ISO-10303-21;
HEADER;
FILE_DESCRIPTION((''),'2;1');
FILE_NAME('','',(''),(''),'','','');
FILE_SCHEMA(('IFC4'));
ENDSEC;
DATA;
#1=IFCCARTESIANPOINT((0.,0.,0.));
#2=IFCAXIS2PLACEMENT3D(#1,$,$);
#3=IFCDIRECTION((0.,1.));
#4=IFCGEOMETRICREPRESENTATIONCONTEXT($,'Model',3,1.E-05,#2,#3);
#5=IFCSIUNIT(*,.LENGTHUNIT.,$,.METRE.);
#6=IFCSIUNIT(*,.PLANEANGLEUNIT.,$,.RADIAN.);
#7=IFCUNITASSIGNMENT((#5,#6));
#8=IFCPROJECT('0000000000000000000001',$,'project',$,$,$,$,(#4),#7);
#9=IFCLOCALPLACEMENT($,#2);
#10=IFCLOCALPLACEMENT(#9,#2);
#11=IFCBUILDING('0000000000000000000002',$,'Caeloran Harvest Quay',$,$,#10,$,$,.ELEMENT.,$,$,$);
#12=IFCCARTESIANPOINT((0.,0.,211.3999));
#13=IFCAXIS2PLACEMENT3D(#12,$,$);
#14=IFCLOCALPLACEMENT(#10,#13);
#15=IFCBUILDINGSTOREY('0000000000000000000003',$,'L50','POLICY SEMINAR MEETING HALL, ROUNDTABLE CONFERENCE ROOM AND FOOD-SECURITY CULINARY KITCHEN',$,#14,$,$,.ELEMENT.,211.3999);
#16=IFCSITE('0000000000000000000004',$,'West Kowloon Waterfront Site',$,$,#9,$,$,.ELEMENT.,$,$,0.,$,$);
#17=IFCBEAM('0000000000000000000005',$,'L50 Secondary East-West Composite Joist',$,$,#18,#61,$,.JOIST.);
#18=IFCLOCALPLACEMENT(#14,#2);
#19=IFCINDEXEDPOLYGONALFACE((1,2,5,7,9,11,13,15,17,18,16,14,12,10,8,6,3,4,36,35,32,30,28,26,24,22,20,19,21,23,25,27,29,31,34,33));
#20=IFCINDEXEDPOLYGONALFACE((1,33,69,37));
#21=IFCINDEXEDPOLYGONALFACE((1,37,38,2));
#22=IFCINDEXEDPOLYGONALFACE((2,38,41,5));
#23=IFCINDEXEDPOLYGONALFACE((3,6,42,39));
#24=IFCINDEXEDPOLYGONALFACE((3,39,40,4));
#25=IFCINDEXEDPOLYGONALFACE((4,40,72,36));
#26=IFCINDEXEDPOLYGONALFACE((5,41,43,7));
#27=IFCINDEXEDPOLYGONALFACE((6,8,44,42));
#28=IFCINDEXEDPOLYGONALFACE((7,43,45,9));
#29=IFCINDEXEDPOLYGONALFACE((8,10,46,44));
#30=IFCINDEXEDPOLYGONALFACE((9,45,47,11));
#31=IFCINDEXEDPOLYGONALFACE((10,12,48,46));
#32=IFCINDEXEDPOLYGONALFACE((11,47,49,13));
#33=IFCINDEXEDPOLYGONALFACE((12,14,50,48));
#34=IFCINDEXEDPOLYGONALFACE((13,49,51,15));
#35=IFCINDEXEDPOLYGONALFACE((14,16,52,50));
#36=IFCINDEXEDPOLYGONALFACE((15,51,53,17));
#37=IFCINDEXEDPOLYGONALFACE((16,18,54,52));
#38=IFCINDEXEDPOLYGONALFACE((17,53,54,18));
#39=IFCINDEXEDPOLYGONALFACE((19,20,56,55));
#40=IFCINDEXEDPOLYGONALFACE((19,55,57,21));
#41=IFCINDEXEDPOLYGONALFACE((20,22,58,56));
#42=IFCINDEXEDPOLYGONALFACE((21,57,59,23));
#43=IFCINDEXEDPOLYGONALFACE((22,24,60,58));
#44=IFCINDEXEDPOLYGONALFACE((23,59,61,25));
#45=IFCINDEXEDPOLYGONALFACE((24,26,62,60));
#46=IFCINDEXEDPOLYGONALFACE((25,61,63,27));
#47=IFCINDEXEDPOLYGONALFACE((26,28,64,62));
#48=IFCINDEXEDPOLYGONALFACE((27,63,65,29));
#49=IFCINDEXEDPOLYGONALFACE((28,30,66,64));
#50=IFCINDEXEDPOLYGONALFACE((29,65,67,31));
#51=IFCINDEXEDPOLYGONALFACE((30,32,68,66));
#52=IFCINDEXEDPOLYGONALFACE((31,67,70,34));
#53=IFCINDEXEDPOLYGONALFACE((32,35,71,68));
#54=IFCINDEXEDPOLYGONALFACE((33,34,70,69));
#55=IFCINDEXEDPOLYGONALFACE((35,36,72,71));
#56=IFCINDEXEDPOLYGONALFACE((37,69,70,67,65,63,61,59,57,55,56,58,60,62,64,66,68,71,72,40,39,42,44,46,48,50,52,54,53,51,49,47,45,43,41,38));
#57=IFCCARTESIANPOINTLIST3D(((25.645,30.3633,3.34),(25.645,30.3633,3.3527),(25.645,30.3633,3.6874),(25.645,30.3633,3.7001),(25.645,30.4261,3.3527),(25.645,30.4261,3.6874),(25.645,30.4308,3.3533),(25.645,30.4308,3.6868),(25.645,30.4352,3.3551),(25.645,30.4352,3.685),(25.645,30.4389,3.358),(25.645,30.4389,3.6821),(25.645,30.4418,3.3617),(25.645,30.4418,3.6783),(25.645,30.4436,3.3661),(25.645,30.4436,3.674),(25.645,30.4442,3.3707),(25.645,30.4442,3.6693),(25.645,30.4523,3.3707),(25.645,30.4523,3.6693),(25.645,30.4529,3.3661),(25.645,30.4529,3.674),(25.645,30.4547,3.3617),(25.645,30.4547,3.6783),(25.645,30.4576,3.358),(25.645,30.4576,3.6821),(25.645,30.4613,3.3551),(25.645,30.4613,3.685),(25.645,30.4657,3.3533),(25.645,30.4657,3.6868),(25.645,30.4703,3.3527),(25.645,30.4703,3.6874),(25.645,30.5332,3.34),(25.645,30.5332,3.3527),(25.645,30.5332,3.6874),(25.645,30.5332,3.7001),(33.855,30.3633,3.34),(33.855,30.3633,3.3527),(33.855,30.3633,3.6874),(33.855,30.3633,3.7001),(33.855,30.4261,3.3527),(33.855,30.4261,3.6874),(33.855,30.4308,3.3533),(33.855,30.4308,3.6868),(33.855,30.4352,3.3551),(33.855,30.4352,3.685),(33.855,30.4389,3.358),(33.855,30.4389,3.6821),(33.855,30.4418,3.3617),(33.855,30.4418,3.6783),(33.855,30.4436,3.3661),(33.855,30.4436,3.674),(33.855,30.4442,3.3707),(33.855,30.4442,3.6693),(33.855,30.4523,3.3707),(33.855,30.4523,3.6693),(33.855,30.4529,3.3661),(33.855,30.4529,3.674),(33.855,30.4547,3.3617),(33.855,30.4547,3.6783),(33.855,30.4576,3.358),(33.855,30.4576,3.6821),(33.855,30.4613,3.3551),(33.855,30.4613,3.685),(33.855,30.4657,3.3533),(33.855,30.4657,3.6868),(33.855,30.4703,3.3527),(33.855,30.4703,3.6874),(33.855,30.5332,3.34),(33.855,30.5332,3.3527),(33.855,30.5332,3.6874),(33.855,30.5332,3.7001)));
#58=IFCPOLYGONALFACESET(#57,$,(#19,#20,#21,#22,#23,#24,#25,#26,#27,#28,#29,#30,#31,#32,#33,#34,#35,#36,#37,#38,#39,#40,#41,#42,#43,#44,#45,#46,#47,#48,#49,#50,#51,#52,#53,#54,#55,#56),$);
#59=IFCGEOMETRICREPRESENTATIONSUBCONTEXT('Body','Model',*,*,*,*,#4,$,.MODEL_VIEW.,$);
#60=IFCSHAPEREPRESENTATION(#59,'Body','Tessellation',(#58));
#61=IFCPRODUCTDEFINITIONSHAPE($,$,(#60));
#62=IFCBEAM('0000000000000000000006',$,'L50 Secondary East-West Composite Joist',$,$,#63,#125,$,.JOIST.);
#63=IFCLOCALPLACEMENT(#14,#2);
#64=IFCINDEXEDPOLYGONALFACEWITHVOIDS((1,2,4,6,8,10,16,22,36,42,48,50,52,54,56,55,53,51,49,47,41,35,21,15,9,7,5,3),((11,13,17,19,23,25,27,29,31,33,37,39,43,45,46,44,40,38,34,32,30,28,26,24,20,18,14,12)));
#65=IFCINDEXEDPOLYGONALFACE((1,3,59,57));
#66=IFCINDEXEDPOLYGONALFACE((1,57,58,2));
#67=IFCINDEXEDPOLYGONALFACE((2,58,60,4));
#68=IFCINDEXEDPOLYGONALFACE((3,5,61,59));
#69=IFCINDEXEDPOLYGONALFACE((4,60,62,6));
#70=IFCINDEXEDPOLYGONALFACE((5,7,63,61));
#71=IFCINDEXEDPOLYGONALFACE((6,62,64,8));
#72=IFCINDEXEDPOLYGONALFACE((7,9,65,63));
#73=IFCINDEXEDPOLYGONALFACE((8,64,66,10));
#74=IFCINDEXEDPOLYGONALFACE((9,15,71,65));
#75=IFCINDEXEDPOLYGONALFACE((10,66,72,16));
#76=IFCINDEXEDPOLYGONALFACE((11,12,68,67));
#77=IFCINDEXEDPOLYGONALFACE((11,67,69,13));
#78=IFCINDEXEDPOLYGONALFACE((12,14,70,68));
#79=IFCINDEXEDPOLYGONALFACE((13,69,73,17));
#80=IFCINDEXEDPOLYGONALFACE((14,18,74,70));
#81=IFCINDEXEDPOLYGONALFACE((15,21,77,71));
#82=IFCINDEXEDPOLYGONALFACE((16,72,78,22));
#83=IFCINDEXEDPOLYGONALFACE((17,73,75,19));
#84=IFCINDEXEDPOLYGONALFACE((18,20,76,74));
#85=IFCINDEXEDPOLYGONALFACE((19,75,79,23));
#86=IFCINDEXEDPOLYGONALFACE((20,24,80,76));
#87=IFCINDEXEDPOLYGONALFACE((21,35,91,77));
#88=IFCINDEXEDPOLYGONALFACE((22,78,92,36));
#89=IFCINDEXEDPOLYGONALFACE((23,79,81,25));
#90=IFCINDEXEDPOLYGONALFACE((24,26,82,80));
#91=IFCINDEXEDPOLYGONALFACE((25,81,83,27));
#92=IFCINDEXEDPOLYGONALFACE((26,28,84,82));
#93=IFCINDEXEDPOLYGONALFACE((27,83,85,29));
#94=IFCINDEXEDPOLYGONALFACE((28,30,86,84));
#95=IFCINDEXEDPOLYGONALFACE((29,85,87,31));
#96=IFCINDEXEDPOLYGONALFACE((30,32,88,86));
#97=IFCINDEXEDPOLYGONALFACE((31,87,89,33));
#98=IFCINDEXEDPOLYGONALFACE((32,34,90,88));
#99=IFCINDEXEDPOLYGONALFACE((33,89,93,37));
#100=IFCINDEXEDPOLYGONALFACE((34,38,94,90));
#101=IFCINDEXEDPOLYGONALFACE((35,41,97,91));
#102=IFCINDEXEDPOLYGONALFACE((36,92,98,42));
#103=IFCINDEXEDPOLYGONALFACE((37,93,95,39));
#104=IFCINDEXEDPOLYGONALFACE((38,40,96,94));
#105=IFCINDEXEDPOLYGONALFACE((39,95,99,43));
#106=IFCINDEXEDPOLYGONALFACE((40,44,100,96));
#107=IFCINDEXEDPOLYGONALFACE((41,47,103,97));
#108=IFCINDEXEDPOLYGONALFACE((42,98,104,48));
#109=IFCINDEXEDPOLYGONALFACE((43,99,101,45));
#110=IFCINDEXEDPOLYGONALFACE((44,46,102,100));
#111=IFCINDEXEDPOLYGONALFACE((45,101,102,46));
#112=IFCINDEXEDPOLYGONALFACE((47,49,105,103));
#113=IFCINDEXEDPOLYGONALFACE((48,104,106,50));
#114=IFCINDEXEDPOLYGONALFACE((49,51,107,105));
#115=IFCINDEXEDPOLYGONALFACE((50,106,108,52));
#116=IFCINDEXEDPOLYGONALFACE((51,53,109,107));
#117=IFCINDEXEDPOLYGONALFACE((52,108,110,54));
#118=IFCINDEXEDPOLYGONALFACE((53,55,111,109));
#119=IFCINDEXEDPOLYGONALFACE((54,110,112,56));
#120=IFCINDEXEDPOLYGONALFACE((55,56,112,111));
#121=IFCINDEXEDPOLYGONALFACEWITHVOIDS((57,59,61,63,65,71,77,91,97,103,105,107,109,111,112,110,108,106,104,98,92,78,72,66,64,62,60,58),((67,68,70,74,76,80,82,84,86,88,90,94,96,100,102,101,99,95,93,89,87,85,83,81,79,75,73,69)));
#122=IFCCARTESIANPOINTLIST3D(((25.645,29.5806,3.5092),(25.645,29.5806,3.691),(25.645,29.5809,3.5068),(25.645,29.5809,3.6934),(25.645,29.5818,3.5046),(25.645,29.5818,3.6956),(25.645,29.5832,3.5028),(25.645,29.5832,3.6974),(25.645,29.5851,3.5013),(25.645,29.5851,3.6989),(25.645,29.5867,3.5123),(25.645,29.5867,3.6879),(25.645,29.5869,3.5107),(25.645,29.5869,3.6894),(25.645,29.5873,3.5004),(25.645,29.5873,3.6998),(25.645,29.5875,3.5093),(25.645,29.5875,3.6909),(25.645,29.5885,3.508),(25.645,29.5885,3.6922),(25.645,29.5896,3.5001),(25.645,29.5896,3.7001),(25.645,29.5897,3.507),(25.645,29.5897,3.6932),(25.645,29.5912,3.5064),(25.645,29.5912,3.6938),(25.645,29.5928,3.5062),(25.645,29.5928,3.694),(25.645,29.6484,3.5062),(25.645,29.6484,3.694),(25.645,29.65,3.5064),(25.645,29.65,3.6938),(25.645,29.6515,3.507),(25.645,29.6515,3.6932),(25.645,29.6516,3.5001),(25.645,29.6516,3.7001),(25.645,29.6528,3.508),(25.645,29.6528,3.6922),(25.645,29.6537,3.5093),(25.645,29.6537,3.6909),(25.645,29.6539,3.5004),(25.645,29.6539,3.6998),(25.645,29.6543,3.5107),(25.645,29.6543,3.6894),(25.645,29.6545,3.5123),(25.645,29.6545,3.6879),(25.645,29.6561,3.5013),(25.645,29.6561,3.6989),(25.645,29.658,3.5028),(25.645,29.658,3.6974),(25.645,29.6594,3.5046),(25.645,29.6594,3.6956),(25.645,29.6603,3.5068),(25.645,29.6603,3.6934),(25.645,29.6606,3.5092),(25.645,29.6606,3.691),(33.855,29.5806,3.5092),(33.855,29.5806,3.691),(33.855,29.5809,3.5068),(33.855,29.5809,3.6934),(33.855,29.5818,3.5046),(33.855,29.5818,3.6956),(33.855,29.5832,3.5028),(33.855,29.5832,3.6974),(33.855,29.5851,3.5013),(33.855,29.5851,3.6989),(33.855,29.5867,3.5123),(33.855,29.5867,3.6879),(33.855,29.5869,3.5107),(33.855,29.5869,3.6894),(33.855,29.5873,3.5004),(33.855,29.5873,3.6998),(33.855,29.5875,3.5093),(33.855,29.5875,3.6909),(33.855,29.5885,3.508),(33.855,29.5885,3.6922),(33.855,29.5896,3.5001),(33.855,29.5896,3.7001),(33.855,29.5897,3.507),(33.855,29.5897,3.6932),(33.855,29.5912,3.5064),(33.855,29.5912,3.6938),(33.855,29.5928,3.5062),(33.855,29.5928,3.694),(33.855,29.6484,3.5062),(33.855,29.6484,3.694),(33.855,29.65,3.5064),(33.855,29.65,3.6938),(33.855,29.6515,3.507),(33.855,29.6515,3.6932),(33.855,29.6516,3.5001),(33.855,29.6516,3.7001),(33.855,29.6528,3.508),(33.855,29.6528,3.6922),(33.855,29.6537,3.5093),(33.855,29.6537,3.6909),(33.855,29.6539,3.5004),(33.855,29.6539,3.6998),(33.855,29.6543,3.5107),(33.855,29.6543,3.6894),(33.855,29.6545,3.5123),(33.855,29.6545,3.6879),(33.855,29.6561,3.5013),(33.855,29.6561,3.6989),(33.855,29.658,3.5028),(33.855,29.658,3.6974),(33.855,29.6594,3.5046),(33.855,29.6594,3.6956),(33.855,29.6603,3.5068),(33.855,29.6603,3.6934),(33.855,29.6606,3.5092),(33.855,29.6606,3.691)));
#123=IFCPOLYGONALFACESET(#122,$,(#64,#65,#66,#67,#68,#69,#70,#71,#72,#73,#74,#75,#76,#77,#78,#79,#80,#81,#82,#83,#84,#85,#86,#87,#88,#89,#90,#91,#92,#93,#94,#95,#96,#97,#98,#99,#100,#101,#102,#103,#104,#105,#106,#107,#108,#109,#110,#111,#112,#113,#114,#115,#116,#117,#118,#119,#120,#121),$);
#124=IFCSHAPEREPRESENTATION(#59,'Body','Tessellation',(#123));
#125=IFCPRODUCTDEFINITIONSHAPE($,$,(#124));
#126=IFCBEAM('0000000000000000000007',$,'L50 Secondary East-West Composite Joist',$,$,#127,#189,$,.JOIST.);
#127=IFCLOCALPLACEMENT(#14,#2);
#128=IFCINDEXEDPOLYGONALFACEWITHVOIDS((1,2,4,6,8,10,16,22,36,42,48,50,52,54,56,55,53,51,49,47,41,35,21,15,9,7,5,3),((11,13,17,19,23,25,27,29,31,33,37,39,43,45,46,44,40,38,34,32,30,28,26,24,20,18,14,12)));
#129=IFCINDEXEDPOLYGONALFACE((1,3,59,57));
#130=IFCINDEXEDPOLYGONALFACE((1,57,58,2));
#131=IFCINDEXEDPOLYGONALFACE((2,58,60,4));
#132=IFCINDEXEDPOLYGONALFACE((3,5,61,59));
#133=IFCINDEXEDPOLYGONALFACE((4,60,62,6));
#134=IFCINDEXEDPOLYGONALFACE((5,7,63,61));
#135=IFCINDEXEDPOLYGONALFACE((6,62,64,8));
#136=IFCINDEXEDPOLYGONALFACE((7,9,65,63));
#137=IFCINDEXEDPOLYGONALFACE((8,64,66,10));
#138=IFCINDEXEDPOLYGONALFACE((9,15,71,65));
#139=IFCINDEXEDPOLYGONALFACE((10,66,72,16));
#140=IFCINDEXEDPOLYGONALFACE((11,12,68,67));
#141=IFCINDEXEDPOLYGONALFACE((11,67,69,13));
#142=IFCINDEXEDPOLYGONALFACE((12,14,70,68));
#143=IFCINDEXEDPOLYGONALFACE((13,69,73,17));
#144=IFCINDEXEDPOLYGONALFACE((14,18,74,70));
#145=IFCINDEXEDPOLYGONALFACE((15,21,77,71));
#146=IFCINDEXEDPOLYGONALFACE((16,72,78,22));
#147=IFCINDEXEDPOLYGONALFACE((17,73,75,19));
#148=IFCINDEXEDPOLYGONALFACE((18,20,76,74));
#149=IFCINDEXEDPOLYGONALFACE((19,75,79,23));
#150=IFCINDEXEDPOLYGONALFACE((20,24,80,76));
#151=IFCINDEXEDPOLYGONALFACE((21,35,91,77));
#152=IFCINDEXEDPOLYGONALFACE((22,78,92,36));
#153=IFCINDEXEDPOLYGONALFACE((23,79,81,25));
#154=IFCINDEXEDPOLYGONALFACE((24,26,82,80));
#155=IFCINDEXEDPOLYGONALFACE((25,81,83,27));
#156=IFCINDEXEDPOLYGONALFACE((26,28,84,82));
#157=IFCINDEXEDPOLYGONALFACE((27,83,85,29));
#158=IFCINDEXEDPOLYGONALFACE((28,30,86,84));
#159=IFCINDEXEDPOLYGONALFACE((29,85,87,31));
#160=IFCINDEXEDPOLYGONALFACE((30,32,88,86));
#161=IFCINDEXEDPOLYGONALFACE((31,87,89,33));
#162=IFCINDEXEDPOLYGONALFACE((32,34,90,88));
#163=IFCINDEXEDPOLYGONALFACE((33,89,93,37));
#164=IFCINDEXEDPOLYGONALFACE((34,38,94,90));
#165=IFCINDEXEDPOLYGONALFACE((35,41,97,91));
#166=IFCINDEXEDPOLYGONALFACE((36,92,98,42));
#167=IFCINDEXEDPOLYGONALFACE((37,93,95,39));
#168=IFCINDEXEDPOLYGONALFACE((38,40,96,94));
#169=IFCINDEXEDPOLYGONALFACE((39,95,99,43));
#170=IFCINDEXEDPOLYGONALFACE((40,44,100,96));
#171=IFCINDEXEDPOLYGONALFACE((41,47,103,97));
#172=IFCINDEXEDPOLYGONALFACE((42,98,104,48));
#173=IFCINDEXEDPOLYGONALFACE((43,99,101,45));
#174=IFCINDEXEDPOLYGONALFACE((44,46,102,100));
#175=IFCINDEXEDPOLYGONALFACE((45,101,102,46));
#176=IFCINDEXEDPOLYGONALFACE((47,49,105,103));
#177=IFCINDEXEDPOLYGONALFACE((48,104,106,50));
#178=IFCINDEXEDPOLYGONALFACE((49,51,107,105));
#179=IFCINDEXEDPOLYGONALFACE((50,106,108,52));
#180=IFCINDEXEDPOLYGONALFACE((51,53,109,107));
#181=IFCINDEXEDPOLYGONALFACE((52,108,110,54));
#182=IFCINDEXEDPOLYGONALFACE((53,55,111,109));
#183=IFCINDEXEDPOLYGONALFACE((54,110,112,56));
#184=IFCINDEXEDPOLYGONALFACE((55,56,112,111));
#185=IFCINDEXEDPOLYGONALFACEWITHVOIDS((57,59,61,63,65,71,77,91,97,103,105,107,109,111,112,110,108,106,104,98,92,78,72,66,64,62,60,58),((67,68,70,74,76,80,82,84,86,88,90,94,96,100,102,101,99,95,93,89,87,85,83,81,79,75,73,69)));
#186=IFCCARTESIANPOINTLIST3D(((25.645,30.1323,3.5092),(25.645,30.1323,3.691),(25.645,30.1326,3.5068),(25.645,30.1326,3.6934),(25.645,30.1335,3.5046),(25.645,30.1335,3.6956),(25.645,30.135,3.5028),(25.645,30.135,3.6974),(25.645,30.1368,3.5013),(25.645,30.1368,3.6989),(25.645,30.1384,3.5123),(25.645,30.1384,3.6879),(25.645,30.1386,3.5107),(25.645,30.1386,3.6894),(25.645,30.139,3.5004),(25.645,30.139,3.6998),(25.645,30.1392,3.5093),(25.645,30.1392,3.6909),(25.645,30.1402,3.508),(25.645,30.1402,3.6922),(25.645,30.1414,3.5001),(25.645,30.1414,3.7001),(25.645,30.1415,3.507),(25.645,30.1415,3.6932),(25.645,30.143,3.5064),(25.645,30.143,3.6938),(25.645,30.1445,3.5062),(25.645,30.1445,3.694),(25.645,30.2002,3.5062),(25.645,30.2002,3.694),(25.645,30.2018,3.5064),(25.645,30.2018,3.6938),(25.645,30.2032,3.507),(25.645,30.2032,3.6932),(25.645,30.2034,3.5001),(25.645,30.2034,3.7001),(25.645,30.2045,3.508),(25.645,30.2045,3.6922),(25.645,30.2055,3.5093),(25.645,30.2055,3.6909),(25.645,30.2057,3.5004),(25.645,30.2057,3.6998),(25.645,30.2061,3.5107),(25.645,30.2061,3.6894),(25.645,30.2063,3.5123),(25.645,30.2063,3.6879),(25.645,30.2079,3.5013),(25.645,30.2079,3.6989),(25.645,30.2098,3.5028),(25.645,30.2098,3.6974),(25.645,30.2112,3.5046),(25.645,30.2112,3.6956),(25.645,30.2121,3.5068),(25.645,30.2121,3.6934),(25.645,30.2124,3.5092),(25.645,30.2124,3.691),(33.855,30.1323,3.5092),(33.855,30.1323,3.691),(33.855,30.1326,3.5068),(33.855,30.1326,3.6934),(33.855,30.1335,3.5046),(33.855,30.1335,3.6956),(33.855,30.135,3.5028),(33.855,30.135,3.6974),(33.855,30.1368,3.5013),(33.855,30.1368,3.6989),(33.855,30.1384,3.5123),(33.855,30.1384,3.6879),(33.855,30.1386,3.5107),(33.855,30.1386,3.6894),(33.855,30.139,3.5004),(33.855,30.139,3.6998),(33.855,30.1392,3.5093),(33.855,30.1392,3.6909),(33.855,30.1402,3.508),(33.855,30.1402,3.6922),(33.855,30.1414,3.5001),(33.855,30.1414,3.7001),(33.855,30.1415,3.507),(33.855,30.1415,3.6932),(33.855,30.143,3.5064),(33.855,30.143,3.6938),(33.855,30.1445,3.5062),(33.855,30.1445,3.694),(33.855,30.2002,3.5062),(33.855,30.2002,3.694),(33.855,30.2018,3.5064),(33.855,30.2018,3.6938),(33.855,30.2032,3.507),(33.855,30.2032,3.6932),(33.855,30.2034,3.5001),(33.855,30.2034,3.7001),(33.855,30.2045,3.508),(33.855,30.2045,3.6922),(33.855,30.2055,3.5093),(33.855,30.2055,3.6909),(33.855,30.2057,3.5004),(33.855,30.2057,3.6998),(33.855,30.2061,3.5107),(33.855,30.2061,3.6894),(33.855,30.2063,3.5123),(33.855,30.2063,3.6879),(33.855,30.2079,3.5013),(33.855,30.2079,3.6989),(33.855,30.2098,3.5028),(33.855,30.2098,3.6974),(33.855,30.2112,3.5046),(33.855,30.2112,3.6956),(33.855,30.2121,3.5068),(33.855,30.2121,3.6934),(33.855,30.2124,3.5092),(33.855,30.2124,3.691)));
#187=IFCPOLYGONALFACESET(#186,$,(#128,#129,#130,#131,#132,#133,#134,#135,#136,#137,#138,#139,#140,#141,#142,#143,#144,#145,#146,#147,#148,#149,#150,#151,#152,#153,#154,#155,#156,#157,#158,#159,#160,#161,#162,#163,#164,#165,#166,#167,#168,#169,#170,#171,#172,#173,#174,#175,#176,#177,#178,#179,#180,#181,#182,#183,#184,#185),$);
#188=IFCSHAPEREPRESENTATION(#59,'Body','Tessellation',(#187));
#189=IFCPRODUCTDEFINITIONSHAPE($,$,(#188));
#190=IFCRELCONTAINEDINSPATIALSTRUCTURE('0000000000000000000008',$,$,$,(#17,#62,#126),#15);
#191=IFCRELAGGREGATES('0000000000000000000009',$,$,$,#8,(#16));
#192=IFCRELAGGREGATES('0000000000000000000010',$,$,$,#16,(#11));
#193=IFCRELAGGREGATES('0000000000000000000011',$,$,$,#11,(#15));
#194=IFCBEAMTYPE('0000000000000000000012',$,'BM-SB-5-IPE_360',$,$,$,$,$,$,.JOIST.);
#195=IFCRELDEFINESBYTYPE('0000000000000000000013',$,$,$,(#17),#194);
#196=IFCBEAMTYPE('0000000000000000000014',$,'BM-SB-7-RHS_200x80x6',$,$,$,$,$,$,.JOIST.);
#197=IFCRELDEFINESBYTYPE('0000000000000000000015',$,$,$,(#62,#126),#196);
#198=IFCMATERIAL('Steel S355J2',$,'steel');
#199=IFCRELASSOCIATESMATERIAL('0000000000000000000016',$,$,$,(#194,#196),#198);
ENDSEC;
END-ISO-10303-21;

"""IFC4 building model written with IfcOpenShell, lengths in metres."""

from ifc_helpers import new_model, si_unit, direction, frame, origin, origin_2d, place, context, subcontext, project, spatial, hollow_rectangle, i_section, extrude, material, material_profile, profile_set, type_object, element, save


model = new_model("IFC4")

# Units and contexts
model_context = context("Model", 3, precision=1e-05, world=origin(), true_north=direction((0.0, 1.0)))
body_context = subcontext(model_context, "Body", "Model", "MODEL_VIEW")
ifc_project = project(units=[si_unit("LENGTHUNIT", "METRE"), si_unit("PLANEANGLEUNIT", "RADIAN")], contexts=[model_context])

# Site, building, storey
site_placement = place(None, origin())
site = spatial("IfcSite", under=ifc_project, at=site_placement, Name="West Kowloon Waterfront Site", CompositionType="ELEMENT", RefElevation=0.0)
building_placement = place(site_placement, origin())
building = spatial("IfcBuilding", under=site, at=building_placement, Name="Caeloran Harvest Quay", CompositionType="ELEMENT")
storey_placement = place(building_placement, frame((0.0, 0.0, 211.3999)))
storey = spatial("IfcBuildingStorey", under=building, at=storey_placement, Name="L50", Description="POLICY SEMINAR MEETING HALL, ROUNDTABLE CONFERENCE ROOM AND FOOD-SECURITY CULINARY KITCHEN", CompositionType="ELEMENT", Elevation=211.3999)

# Beams
ifc_material_1 = material(Name="Steel S355J2", Category="steel")
ifc_material_profile_1 = material_profile(ifc_material_1, i_section(OverallWidth=0.1699, OverallDepth=0.3601, WebThickness=0.0081, FlangeThickness=0.0127, FilletRadius=0.0181, at=origin_2d()), Name="IPE 360")
ifc_profile_set_1 = profile_set([ifc_material_profile_1], Name="Steel S355J2")
beam_type_1 = type_object("IfcBeamType", Name="BM-SB-5-IPE_360", PredefinedType="JOIST", material=ifc_profile_set_1)
for number, where, z_axis, x_axis, name in (
    (1, (25.645, 30.4482, 3.52), (1.0, 0.0, 0.0), (0.0, 1.0, 0.0), "L50 Secondary East-West Composite Joist"),
):
    element("IfcBeam", number, at=place(storey_placement, frame(where, z_axis=z_axis, x_axis=x_axis)), inside=storey, type_object=beam_type_1, Name=name, PredefinedType="JOIST", context=body_context, shape_type="SweptSolid", body=[
        extrude(i_section(OverallWidth=0.1699, OverallDepth=0.3601, WebThickness=0.0081, FlangeThickness=0.0127, FilletRadius=0.0181, at=origin_2d()), origin(), (0.0, 0.0, 1.0), 8.21),
    ])
ifc_material_profile_2 = material_profile(ifc_material_1, hollow_rectangle(XDim=0.0801, YDim=0.2, WallThickness=0.0061, InnerFilletRadius=0.0061, OuterFilletRadius=0.009, at=origin_2d()), Name="RHS 200x80x6")
ifc_profile_set_2 = profile_set([ifc_material_profile_2], Name="Steel S355J2")
beam_type_2 = type_object("IfcBeamType", Name="BM-SB-7-RHS_200x80x6", PredefinedType="JOIST", material=ifc_profile_set_2)
for number, where, z_axis, x_axis, name in (
    (2, (25.645, 29.6206, 3.6001), (1.0, 0.0, 0.0), (0.0, 1.0, 0.0), "L50 Secondary East-West Composite Joist"),
    (3, (25.645, 30.1724, 3.6001), (1.0, 0.0, 0.0), (0.0, 1.0, 0.0), "L50 Secondary East-West Composite Joist"),
):
    element("IfcBeam", number, at=place(storey_placement, frame(where, z_axis=z_axis, x_axis=x_axis)), inside=storey, type_object=beam_type_2, Name=name, PredefinedType="JOIST", context=body_context, shape_type="SweptSolid", body=[
        extrude(hollow_rectangle(XDim=0.0801, YDim=0.2, WallThickness=0.0061, InnerFilletRadius=0.0061, OuterFilletRadius=0.009, at=origin_2d()), origin(), (0.0, 0.0, 1.0), 8.21),
    ])

save(model, "model.ifc")
